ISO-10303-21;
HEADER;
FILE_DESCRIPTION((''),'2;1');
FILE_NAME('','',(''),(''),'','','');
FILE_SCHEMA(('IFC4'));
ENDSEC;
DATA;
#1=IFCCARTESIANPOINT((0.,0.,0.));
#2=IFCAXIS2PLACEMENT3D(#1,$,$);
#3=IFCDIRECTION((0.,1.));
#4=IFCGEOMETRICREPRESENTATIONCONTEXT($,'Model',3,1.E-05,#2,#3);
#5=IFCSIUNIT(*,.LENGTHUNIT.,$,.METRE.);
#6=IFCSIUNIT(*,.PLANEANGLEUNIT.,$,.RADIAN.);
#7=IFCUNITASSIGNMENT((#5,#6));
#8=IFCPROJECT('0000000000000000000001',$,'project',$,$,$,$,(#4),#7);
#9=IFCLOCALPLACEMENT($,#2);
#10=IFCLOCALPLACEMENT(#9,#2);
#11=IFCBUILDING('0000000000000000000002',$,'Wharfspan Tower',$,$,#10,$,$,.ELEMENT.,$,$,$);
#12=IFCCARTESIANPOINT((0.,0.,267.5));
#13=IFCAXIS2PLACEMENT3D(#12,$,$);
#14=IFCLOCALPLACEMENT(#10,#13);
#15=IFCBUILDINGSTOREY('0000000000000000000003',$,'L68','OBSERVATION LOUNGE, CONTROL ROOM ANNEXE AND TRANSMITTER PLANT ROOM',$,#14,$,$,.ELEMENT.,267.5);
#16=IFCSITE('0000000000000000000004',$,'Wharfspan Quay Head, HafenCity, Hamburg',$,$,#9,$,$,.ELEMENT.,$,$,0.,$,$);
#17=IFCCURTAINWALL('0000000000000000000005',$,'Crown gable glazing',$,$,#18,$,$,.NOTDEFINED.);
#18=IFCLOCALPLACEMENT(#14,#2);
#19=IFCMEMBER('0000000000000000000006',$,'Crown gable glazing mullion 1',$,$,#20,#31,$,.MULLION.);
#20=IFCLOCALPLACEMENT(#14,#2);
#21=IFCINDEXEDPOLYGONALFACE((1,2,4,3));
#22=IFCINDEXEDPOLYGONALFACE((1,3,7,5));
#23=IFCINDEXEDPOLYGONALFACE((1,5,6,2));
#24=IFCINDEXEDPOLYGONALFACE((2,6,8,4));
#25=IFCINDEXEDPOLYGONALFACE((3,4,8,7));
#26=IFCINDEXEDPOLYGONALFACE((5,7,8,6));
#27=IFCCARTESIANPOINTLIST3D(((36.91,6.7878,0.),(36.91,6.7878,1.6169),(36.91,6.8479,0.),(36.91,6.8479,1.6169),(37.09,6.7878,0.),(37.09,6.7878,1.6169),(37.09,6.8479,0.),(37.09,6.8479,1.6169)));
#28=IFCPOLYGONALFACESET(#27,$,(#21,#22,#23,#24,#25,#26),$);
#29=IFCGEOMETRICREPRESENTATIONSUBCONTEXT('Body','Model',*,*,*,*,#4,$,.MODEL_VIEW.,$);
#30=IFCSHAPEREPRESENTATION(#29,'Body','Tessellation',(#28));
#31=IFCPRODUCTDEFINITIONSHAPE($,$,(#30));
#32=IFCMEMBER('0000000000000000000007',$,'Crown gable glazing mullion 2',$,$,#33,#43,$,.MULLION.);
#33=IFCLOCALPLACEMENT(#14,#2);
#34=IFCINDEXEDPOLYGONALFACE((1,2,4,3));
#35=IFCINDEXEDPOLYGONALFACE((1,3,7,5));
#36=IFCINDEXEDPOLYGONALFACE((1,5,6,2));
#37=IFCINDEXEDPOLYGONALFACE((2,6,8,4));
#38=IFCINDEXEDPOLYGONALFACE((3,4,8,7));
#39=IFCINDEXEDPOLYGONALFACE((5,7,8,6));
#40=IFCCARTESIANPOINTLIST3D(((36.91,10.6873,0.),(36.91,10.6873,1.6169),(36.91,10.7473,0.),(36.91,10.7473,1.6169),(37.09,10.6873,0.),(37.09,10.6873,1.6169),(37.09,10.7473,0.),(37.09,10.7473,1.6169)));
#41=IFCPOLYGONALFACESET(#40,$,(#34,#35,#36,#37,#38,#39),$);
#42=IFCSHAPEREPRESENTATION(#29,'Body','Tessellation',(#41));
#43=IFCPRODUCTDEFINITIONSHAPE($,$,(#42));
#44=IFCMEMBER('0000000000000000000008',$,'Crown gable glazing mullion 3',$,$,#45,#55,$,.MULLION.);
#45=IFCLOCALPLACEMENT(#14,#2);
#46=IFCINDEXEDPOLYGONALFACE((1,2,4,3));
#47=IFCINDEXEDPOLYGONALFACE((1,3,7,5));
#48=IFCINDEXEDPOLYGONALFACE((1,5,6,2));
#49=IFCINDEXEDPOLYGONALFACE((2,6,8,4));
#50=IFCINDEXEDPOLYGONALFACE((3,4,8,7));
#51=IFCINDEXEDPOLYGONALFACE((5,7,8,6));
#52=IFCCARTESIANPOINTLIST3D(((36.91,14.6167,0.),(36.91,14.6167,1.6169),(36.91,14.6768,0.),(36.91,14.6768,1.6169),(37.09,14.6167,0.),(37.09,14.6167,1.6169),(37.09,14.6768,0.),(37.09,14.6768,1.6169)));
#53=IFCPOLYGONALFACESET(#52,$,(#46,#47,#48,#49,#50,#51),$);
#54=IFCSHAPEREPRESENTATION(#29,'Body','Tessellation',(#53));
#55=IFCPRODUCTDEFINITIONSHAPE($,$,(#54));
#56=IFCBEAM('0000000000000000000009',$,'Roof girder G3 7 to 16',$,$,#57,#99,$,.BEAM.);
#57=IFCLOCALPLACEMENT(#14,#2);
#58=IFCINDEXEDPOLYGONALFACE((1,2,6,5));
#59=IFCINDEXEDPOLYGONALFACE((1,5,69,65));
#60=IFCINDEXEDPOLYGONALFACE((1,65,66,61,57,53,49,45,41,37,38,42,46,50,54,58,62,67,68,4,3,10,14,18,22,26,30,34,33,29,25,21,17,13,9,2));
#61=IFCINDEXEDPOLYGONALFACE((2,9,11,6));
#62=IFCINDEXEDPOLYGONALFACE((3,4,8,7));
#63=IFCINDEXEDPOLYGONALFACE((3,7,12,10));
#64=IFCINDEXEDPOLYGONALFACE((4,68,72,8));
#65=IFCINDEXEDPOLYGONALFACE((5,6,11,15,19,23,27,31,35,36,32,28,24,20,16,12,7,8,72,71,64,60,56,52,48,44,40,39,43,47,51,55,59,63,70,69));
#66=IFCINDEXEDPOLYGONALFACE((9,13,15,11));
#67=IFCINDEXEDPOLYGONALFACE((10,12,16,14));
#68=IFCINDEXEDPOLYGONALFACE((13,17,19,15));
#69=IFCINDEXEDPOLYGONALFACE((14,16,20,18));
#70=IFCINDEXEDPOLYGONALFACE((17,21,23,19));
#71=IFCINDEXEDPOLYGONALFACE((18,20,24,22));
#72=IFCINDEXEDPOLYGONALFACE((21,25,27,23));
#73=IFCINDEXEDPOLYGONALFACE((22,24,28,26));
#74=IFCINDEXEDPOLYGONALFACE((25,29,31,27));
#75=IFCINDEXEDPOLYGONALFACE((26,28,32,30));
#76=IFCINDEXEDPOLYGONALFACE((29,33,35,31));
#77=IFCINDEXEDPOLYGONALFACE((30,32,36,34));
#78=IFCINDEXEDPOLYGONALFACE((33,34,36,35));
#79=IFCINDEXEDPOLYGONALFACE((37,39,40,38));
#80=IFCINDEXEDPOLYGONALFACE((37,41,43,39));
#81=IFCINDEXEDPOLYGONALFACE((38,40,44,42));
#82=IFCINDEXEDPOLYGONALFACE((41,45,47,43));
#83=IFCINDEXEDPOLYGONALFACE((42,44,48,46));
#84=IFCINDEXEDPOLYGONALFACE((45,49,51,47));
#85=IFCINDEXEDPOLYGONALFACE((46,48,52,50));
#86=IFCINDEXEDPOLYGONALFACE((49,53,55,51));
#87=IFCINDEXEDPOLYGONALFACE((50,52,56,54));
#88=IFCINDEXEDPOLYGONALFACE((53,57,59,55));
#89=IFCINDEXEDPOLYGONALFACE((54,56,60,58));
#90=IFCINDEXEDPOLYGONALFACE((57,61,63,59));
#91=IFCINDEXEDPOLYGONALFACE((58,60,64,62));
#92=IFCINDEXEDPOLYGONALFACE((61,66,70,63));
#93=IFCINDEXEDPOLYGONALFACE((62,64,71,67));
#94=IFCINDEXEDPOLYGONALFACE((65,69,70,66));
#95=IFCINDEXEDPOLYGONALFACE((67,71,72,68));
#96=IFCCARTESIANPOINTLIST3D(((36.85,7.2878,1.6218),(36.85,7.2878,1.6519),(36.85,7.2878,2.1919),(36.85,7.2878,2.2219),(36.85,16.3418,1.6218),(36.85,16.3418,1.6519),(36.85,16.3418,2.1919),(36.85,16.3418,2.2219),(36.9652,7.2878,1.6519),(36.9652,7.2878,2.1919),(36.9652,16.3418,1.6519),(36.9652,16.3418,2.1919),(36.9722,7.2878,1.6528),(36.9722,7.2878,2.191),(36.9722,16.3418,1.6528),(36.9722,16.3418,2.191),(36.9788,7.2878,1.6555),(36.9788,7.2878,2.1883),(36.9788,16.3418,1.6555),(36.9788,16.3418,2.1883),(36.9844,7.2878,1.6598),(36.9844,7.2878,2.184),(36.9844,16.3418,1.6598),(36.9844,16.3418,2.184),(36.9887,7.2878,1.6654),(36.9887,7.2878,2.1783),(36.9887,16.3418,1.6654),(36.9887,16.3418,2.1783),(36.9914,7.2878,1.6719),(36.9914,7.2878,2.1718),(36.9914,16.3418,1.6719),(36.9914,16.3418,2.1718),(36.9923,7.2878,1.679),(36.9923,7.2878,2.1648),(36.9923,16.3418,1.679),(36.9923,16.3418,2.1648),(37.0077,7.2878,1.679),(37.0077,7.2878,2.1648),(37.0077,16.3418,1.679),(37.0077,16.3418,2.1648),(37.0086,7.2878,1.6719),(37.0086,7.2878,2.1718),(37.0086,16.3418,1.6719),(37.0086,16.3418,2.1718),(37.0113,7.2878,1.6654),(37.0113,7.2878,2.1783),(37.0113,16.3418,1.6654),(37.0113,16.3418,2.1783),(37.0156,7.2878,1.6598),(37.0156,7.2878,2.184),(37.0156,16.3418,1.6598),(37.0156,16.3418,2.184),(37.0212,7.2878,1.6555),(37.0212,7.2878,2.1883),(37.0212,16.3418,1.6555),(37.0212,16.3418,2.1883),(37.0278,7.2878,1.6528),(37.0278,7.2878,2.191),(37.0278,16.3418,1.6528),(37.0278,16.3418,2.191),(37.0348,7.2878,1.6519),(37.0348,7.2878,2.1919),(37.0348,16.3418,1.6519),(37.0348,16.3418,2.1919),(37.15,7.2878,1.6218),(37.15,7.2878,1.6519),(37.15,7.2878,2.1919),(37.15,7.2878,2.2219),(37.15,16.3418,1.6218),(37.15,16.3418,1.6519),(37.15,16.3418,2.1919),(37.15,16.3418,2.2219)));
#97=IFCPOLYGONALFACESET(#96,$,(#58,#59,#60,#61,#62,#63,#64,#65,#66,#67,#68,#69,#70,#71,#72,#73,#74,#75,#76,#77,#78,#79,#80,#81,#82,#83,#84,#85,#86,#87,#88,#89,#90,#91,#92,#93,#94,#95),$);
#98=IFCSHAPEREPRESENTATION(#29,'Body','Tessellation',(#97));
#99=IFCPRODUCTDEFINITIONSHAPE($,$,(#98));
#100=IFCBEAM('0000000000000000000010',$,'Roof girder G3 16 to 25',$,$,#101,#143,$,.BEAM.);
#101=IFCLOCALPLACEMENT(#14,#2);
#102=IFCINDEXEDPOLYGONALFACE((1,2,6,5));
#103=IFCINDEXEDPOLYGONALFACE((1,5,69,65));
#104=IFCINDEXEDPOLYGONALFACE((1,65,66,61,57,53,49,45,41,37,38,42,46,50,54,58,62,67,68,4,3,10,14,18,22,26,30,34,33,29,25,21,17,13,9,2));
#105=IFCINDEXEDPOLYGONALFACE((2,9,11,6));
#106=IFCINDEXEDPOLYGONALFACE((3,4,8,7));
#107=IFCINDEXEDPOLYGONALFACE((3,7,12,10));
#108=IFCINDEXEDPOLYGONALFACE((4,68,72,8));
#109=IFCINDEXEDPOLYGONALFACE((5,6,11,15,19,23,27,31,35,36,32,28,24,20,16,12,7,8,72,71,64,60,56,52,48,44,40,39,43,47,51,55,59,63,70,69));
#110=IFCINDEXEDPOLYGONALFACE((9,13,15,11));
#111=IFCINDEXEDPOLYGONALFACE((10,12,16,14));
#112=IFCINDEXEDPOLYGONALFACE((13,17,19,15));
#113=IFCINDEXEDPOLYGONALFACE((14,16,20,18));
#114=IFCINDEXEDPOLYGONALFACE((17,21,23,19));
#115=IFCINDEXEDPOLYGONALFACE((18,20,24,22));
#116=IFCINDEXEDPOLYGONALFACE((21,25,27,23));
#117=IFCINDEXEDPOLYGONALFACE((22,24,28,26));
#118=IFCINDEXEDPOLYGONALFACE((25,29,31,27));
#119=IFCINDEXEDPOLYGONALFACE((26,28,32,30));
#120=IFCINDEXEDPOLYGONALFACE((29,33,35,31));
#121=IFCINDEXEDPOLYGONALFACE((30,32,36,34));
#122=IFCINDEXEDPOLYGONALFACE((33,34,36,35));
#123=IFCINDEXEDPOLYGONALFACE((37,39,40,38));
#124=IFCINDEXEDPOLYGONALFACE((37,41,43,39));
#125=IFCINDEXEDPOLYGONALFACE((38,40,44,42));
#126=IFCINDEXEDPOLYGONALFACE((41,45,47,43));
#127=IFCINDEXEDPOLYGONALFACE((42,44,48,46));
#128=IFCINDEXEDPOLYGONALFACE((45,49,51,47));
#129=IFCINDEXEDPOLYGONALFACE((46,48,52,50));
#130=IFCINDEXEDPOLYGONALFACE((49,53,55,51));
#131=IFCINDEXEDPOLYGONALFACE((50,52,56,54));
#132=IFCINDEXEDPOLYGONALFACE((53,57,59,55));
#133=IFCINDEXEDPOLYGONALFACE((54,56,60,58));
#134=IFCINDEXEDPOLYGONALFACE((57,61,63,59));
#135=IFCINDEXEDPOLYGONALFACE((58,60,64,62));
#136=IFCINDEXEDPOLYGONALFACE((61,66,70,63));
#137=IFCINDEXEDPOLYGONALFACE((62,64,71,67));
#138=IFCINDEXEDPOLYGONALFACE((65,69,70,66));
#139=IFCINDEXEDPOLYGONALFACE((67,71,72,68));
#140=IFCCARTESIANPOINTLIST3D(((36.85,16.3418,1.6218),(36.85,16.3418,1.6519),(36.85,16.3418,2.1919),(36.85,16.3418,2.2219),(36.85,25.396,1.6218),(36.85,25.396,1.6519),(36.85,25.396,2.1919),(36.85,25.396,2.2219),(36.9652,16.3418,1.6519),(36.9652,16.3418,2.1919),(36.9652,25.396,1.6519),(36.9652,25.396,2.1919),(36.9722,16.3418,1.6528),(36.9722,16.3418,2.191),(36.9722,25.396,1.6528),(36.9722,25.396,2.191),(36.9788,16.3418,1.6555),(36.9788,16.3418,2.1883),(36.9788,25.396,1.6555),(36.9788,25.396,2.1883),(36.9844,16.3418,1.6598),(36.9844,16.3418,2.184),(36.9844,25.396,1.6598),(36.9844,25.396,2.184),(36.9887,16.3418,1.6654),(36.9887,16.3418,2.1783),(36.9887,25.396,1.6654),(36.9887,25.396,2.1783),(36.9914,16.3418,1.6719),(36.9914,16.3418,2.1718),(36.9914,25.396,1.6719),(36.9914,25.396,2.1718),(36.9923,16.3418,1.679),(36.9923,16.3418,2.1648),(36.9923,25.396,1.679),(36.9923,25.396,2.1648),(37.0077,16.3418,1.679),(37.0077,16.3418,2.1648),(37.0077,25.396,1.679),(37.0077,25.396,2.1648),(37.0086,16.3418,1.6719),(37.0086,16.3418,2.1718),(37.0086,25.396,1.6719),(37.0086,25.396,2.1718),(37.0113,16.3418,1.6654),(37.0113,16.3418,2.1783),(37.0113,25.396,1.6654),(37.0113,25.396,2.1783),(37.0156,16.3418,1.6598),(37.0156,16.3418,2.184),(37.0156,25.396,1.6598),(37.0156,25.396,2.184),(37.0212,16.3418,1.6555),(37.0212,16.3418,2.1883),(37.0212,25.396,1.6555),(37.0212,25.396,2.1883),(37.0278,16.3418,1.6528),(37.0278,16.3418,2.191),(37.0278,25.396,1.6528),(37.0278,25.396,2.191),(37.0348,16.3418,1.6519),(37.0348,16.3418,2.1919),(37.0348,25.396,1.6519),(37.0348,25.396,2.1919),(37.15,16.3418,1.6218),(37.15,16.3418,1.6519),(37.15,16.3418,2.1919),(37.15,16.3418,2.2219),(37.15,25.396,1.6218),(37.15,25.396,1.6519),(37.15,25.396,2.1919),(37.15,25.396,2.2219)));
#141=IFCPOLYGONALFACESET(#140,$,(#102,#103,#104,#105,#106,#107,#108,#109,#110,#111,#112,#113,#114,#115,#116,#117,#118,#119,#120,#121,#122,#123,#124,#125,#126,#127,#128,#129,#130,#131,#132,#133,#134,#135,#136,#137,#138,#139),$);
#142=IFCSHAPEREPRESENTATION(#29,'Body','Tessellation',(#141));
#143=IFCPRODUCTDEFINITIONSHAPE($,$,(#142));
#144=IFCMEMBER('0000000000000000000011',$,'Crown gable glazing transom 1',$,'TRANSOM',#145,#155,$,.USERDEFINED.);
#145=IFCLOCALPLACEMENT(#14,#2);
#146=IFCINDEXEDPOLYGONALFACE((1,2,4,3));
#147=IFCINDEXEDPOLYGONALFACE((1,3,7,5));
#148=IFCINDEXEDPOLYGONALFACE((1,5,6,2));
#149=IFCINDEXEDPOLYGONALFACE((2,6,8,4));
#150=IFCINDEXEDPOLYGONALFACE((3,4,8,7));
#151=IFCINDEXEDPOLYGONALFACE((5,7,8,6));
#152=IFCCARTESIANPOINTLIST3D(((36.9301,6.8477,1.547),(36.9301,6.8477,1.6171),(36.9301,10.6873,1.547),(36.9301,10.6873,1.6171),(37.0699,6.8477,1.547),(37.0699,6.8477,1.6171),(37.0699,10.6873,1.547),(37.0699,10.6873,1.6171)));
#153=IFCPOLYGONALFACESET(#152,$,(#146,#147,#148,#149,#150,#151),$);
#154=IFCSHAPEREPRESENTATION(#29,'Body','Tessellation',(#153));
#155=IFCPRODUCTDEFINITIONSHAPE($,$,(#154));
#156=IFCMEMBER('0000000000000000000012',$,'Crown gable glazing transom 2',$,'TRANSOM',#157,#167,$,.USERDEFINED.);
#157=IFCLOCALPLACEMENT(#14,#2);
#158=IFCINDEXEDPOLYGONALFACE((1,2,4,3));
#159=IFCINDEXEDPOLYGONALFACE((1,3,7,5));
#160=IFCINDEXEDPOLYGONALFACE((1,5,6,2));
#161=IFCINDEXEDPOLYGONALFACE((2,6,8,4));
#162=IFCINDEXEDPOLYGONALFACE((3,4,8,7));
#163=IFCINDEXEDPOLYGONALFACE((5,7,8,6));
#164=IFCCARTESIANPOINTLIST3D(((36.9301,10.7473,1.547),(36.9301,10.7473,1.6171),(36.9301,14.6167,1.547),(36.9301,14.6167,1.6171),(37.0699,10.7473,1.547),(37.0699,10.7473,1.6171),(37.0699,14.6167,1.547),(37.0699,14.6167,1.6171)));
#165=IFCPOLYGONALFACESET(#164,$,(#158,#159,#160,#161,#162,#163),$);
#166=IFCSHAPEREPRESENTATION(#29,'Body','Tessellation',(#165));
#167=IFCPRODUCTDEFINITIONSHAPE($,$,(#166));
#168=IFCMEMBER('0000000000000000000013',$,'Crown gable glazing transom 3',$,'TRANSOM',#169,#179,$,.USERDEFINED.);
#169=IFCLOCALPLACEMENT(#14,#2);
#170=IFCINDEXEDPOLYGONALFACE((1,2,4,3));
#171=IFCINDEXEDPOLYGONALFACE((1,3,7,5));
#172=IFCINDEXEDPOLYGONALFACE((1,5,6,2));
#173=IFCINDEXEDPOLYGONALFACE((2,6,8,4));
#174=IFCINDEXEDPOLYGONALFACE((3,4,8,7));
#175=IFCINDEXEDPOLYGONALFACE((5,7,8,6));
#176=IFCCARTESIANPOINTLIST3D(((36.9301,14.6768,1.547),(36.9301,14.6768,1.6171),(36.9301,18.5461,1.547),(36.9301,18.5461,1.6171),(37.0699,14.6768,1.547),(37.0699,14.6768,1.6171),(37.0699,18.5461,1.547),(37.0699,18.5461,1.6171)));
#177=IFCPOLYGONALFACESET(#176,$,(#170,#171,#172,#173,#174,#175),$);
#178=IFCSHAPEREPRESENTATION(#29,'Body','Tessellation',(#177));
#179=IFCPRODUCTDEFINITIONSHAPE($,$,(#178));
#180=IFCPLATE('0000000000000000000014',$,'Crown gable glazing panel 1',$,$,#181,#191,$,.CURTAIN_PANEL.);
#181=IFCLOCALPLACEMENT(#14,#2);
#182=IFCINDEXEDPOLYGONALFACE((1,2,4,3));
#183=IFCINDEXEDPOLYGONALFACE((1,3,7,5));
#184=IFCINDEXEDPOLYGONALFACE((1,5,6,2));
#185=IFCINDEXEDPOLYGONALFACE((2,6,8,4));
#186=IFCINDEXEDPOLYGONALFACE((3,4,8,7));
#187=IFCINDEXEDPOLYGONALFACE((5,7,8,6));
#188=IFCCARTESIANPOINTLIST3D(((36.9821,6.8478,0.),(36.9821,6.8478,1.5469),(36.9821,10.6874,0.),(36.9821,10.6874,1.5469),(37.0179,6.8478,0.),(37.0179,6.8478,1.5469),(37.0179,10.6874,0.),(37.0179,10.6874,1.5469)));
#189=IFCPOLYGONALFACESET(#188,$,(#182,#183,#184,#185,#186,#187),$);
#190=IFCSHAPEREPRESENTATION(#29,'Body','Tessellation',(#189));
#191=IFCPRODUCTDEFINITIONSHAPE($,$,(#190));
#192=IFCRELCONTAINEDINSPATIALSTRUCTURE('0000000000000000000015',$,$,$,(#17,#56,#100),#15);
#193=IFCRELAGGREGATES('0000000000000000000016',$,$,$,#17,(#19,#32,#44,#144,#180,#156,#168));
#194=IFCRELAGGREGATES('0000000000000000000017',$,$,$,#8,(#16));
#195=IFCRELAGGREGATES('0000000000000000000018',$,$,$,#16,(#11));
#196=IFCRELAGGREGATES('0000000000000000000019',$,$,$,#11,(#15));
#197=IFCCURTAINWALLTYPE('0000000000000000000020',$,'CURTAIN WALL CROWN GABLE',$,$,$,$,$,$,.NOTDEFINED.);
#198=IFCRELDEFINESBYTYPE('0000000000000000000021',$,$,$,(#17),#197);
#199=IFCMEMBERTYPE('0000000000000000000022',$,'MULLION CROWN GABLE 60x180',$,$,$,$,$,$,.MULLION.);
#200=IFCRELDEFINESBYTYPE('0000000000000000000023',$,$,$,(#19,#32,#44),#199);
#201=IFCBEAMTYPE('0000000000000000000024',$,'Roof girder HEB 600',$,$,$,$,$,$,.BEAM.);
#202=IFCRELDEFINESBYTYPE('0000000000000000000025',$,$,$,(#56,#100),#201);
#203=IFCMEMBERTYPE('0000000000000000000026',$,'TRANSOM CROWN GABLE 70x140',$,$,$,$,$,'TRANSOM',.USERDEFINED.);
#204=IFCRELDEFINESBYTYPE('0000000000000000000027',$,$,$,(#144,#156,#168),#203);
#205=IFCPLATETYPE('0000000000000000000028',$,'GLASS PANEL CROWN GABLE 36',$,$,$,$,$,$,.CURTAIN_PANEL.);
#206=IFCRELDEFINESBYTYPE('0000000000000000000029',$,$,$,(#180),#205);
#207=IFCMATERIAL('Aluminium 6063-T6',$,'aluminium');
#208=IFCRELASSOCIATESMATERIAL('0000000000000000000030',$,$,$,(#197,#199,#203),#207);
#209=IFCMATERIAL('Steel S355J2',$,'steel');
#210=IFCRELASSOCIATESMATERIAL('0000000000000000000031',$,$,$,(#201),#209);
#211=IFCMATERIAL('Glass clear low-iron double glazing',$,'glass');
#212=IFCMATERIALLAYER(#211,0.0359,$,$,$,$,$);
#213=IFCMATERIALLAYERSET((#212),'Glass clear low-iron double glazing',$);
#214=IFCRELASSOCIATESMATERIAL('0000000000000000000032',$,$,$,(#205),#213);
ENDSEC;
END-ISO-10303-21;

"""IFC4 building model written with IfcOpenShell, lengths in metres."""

from ifc_helpers import new_model, si_unit, direction, frame, origin, origin_2d, place, context, subcontext, project, spatial, rectangle, i_section, extrude, material, layer, layer_set, material_profile, profile_set, type_object, element, aggregate, save


model = new_model("IFC4")

# Units and contexts
model_context = context("Model", 3, precision=1e-05, world=origin(), true_north=direction((0.0, 1.0)))
body_context = subcontext(model_context, "Body", "Model", "MODEL_VIEW")
ifc_project = project(units=[si_unit("LENGTHUNIT", "METRE"), si_unit("PLANEANGLEUNIT", "RADIAN")], contexts=[model_context])

# Site, building, storey
site_placement = place(None, origin())
site = spatial("IfcSite", under=ifc_project, at=site_placement, Name="Wharfspan Quay Head, HafenCity, Hamburg", CompositionType="ELEMENT", RefElevation=0.0)
building_placement = place(site_placement, origin())
building = spatial("IfcBuilding", under=site, at=building_placement, Name="Wharfspan Tower", CompositionType="ELEMENT")
storey_placement = place(building_placement, frame((0.0, 0.0, 267.5)))
storey = spatial("IfcBuildingStorey", under=building, at=storey_placement, Name="L68", Description="OBSERVATION LOUNGE, CONTROL ROOM ANNEXE AND TRANSMITTER PLANT ROOM", CompositionType="ELEMENT", Elevation=267.5)

# Curtain wall, members
ifc_material_1 = material(Name="Aluminium 6063-T6", Category="aluminium")
curtain_wall_type = type_object("IfcCurtainWallType", Name="CURTAIN WALL CROWN GABLE", PredefinedType="NOTDEFINED", material=ifc_material_1)
curtain_wall_placement = place(storey_placement, origin())
curtain_wall = element("IfcCurtainWall", 1, at=curtain_wall_placement, inside=storey, type_object=curtain_wall_type, Name="Crown gable glazing", PredefinedType="NOTDEFINED")
ifc_material_profile_1 = material_profile(ifc_material_1, rectangle(XDim=0.1799, YDim=0.0601, at=origin_2d()))
ifc_profile_set_1 = profile_set([ifc_material_profile_1], Name="Aluminium 6063-T6")
member_type_1 = type_object("IfcMemberType", Name="MULLION CROWN GABLE 60x180", PredefinedType="MULLION", material=ifc_profile_set_1)
member_1_placement = place(storey_placement, frame((37.0, 6.8179, 0.0), z_axis=(0.0, 0.0, 1.0), x_axis=(-1.0, 0.0, 0.0)))
member_1 = element("IfcMember", 2, at=member_1_placement, type_object=member_type_1, Name="Crown gable glazing mullion 1", PredefinedType="MULLION", context=body_context, shape_type="SweptSolid", body=[
    extrude(rectangle(XDim=0.1799, YDim=0.0601, at=origin_2d()), origin(), (0.0, 0.0, 1.0), 1.6169),
])
member_2_placement = place(storey_placement, frame((37.0, 10.7173, 0.0), z_axis=(0.0, 0.0, 1.0), x_axis=(-1.0, 0.0, 0.0)))
member_2 = element("IfcMember", 3, at=member_2_placement, type_object=member_type_1, Name="Crown gable glazing mullion 2", PredefinedType="MULLION", context=body_context, shape_type="SweptSolid", body=[
    extrude(rectangle(XDim=0.1799, YDim=0.0601, at=origin_2d()), origin(), (0.0, 0.0, 1.0), 1.6169),
])
member_3_placement = place(storey_placement, frame((37.0, 14.6467, 0.0), z_axis=(0.0, 0.0, 1.0), x_axis=(-1.0, 0.0, 0.0)))
member_3 = element("IfcMember", 4, at=member_3_placement, type_object=member_type_1, Name="Crown gable glazing mullion 3", PredefinedType="MULLION", context=body_context, shape_type="SweptSolid", body=[
    extrude(rectangle(XDim=0.1799, YDim=0.0601, at=origin_2d()), origin(), (0.0, 0.0, 1.0), 1.6169),
])

# Beams
ifc_material_2 = material(Name="Steel S355J2", Category="steel")
ifc_material_profile_2 = material_profile(ifc_material_2, i_section(OverallWidth=0.3, OverallDepth=0.6001, WebThickness=0.0154, FlangeThickness=0.03, FilletRadius=0.0271, at=origin_2d()))
ifc_profile_set_2 = profile_set([ifc_material_profile_2], Name="Steel S355J2")
beam_type = type_object("IfcBeamType", Name="Roof girder HEB 600", PredefinedType="BEAM", material=ifc_profile_set_2)
beam_1_placement = place(storey_placement, frame((37.0, 7.2878, 1.9219), z_axis=(0.0, 1.0, 0.0), x_axis=(-1.0, 0.0, 0.0)))
element("IfcBeam", 5, at=beam_1_placement, inside=storey, type_object=beam_type, Name="Roof girder G3 7 to 16", PredefinedType="BEAM", context=body_context, shape_type="SweptSolid", body=[
    extrude(i_section(OverallWidth=0.3, OverallDepth=0.6001, WebThickness=0.0154, FlangeThickness=0.03, FilletRadius=0.0271, at=origin_2d()), origin(), (0.0, 0.0, 1.0), 9.054),
])
beam_2_placement = place(storey_placement, frame((37.0, 16.3418, 1.9219), z_axis=(0.0, 1.0, 0.0), x_axis=(-1.0, 0.0, 0.0)))
element("IfcBeam", 6, at=beam_2_placement, inside=storey, type_object=beam_type, Name="Roof girder G3 16 to 25", PredefinedType="BEAM", context=body_context, shape_type="SweptSolid", body=[
    extrude(i_section(OverallWidth=0.3, OverallDepth=0.6001, WebThickness=0.0154, FlangeThickness=0.03, FilletRadius=0.0271, at=origin_2d()), origin(), (0.0, 0.0, 1.0), 9.0542),
])

# Members
ifc_material_profile_3 = material_profile(ifc_material_1, rectangle(XDim=0.1399, YDim=0.0701, at=origin_2d()))
ifc_profile_set_3 = profile_set([ifc_material_profile_3], Name="Aluminium 6063-T6")
member_type_2 = type_object("IfcMemberType", Name="TRANSOM CROWN GABLE 70x140", ElementType="TRANSOM", PredefinedType="USERDEFINED", material=ifc_profile_set_3)
member_4_placement = place(storey_placement, frame((37.0, 6.8477, 1.582), z_axis=(0.0, 1.0, 0.0), x_axis=(-1.0, 0.0, 0.0)))
member_4 = element("IfcMember", 7, at=member_4_placement, type_object=member_type_2, Name="Crown gable glazing transom 1", ObjectType="TRANSOM", PredefinedType="USERDEFINED", context=body_context, shape_type="SweptSolid", body=[
    extrude(rectangle(XDim=0.1399, YDim=0.0701, at=origin_2d()), origin(), (0.0, 0.0, 1.0), 3.8396),
])
member_5_placement = place(storey_placement, frame((37.0, 10.7473, 1.582), z_axis=(0.0, 1.0, 0.0), x_axis=(-1.0, 0.0, 0.0)))
member_5 = element("IfcMember", 8, at=member_5_placement, type_object=member_type_2, Name="Crown gable glazing transom 2", ObjectType="TRANSOM", PredefinedType="USERDEFINED", context=body_context, shape_type="SweptSolid", body=[
    extrude(rectangle(XDim=0.1399, YDim=0.0701, at=origin_2d()), origin(), (0.0, 0.0, 1.0), 3.8694),
])
member_6_placement = place(storey_placement, frame((37.0, 14.6768, 1.582), z_axis=(0.0, 1.0, 0.0), x_axis=(-1.0, 0.0, 0.0)))
member_6 = element("IfcMember", 9, at=member_6_placement, type_object=member_type_2, Name="Crown gable glazing transom 3", ObjectType="TRANSOM", PredefinedType="USERDEFINED", context=body_context, shape_type="SweptSolid", body=[
    extrude(rectangle(XDim=0.1399, YDim=0.0701, at=origin_2d()), origin(), (0.0, 0.0, 1.0), 3.8694),
])

# Plate
ifc_material_3 = material(Name="Glass clear low-iron double glazing", Category="glass")
ifc_layer_1 = layer(ifc_material_3, 0.0359)
ifc_layer_set_1 = layer_set([ifc_layer_1], Name="Glass clear low-iron double glazing")
plate_type = type_object("IfcPlateType", Name="GLASS PANEL CROWN GABLE 36", PredefinedType="CURTAIN_PANEL", material=ifc_layer_set_1)
plate_1_placement = place(storey_placement, frame((37.0, 8.7676, 0.0), z_axis=(0.0, 0.0, 1.0), x_axis=(0.0, 1.0, 0.0)))
plate_1 = element("IfcPlate", 10, at=plate_1_placement, type_object=plate_type, Name="Crown gable glazing panel 1", PredefinedType="CURTAIN_PANEL", context=body_context, shape_type="SweptSolid", body=[
    extrude(rectangle(XDim=3.8396, YDim=0.0359, at=origin_2d()), origin(), (0.0, 0.0, 1.0), 1.5469),
])
aggregate(curtain_wall, [member_1, member_2, member_3, member_4, plate_1, member_5, member_6])

save(model, "model.ifc")
